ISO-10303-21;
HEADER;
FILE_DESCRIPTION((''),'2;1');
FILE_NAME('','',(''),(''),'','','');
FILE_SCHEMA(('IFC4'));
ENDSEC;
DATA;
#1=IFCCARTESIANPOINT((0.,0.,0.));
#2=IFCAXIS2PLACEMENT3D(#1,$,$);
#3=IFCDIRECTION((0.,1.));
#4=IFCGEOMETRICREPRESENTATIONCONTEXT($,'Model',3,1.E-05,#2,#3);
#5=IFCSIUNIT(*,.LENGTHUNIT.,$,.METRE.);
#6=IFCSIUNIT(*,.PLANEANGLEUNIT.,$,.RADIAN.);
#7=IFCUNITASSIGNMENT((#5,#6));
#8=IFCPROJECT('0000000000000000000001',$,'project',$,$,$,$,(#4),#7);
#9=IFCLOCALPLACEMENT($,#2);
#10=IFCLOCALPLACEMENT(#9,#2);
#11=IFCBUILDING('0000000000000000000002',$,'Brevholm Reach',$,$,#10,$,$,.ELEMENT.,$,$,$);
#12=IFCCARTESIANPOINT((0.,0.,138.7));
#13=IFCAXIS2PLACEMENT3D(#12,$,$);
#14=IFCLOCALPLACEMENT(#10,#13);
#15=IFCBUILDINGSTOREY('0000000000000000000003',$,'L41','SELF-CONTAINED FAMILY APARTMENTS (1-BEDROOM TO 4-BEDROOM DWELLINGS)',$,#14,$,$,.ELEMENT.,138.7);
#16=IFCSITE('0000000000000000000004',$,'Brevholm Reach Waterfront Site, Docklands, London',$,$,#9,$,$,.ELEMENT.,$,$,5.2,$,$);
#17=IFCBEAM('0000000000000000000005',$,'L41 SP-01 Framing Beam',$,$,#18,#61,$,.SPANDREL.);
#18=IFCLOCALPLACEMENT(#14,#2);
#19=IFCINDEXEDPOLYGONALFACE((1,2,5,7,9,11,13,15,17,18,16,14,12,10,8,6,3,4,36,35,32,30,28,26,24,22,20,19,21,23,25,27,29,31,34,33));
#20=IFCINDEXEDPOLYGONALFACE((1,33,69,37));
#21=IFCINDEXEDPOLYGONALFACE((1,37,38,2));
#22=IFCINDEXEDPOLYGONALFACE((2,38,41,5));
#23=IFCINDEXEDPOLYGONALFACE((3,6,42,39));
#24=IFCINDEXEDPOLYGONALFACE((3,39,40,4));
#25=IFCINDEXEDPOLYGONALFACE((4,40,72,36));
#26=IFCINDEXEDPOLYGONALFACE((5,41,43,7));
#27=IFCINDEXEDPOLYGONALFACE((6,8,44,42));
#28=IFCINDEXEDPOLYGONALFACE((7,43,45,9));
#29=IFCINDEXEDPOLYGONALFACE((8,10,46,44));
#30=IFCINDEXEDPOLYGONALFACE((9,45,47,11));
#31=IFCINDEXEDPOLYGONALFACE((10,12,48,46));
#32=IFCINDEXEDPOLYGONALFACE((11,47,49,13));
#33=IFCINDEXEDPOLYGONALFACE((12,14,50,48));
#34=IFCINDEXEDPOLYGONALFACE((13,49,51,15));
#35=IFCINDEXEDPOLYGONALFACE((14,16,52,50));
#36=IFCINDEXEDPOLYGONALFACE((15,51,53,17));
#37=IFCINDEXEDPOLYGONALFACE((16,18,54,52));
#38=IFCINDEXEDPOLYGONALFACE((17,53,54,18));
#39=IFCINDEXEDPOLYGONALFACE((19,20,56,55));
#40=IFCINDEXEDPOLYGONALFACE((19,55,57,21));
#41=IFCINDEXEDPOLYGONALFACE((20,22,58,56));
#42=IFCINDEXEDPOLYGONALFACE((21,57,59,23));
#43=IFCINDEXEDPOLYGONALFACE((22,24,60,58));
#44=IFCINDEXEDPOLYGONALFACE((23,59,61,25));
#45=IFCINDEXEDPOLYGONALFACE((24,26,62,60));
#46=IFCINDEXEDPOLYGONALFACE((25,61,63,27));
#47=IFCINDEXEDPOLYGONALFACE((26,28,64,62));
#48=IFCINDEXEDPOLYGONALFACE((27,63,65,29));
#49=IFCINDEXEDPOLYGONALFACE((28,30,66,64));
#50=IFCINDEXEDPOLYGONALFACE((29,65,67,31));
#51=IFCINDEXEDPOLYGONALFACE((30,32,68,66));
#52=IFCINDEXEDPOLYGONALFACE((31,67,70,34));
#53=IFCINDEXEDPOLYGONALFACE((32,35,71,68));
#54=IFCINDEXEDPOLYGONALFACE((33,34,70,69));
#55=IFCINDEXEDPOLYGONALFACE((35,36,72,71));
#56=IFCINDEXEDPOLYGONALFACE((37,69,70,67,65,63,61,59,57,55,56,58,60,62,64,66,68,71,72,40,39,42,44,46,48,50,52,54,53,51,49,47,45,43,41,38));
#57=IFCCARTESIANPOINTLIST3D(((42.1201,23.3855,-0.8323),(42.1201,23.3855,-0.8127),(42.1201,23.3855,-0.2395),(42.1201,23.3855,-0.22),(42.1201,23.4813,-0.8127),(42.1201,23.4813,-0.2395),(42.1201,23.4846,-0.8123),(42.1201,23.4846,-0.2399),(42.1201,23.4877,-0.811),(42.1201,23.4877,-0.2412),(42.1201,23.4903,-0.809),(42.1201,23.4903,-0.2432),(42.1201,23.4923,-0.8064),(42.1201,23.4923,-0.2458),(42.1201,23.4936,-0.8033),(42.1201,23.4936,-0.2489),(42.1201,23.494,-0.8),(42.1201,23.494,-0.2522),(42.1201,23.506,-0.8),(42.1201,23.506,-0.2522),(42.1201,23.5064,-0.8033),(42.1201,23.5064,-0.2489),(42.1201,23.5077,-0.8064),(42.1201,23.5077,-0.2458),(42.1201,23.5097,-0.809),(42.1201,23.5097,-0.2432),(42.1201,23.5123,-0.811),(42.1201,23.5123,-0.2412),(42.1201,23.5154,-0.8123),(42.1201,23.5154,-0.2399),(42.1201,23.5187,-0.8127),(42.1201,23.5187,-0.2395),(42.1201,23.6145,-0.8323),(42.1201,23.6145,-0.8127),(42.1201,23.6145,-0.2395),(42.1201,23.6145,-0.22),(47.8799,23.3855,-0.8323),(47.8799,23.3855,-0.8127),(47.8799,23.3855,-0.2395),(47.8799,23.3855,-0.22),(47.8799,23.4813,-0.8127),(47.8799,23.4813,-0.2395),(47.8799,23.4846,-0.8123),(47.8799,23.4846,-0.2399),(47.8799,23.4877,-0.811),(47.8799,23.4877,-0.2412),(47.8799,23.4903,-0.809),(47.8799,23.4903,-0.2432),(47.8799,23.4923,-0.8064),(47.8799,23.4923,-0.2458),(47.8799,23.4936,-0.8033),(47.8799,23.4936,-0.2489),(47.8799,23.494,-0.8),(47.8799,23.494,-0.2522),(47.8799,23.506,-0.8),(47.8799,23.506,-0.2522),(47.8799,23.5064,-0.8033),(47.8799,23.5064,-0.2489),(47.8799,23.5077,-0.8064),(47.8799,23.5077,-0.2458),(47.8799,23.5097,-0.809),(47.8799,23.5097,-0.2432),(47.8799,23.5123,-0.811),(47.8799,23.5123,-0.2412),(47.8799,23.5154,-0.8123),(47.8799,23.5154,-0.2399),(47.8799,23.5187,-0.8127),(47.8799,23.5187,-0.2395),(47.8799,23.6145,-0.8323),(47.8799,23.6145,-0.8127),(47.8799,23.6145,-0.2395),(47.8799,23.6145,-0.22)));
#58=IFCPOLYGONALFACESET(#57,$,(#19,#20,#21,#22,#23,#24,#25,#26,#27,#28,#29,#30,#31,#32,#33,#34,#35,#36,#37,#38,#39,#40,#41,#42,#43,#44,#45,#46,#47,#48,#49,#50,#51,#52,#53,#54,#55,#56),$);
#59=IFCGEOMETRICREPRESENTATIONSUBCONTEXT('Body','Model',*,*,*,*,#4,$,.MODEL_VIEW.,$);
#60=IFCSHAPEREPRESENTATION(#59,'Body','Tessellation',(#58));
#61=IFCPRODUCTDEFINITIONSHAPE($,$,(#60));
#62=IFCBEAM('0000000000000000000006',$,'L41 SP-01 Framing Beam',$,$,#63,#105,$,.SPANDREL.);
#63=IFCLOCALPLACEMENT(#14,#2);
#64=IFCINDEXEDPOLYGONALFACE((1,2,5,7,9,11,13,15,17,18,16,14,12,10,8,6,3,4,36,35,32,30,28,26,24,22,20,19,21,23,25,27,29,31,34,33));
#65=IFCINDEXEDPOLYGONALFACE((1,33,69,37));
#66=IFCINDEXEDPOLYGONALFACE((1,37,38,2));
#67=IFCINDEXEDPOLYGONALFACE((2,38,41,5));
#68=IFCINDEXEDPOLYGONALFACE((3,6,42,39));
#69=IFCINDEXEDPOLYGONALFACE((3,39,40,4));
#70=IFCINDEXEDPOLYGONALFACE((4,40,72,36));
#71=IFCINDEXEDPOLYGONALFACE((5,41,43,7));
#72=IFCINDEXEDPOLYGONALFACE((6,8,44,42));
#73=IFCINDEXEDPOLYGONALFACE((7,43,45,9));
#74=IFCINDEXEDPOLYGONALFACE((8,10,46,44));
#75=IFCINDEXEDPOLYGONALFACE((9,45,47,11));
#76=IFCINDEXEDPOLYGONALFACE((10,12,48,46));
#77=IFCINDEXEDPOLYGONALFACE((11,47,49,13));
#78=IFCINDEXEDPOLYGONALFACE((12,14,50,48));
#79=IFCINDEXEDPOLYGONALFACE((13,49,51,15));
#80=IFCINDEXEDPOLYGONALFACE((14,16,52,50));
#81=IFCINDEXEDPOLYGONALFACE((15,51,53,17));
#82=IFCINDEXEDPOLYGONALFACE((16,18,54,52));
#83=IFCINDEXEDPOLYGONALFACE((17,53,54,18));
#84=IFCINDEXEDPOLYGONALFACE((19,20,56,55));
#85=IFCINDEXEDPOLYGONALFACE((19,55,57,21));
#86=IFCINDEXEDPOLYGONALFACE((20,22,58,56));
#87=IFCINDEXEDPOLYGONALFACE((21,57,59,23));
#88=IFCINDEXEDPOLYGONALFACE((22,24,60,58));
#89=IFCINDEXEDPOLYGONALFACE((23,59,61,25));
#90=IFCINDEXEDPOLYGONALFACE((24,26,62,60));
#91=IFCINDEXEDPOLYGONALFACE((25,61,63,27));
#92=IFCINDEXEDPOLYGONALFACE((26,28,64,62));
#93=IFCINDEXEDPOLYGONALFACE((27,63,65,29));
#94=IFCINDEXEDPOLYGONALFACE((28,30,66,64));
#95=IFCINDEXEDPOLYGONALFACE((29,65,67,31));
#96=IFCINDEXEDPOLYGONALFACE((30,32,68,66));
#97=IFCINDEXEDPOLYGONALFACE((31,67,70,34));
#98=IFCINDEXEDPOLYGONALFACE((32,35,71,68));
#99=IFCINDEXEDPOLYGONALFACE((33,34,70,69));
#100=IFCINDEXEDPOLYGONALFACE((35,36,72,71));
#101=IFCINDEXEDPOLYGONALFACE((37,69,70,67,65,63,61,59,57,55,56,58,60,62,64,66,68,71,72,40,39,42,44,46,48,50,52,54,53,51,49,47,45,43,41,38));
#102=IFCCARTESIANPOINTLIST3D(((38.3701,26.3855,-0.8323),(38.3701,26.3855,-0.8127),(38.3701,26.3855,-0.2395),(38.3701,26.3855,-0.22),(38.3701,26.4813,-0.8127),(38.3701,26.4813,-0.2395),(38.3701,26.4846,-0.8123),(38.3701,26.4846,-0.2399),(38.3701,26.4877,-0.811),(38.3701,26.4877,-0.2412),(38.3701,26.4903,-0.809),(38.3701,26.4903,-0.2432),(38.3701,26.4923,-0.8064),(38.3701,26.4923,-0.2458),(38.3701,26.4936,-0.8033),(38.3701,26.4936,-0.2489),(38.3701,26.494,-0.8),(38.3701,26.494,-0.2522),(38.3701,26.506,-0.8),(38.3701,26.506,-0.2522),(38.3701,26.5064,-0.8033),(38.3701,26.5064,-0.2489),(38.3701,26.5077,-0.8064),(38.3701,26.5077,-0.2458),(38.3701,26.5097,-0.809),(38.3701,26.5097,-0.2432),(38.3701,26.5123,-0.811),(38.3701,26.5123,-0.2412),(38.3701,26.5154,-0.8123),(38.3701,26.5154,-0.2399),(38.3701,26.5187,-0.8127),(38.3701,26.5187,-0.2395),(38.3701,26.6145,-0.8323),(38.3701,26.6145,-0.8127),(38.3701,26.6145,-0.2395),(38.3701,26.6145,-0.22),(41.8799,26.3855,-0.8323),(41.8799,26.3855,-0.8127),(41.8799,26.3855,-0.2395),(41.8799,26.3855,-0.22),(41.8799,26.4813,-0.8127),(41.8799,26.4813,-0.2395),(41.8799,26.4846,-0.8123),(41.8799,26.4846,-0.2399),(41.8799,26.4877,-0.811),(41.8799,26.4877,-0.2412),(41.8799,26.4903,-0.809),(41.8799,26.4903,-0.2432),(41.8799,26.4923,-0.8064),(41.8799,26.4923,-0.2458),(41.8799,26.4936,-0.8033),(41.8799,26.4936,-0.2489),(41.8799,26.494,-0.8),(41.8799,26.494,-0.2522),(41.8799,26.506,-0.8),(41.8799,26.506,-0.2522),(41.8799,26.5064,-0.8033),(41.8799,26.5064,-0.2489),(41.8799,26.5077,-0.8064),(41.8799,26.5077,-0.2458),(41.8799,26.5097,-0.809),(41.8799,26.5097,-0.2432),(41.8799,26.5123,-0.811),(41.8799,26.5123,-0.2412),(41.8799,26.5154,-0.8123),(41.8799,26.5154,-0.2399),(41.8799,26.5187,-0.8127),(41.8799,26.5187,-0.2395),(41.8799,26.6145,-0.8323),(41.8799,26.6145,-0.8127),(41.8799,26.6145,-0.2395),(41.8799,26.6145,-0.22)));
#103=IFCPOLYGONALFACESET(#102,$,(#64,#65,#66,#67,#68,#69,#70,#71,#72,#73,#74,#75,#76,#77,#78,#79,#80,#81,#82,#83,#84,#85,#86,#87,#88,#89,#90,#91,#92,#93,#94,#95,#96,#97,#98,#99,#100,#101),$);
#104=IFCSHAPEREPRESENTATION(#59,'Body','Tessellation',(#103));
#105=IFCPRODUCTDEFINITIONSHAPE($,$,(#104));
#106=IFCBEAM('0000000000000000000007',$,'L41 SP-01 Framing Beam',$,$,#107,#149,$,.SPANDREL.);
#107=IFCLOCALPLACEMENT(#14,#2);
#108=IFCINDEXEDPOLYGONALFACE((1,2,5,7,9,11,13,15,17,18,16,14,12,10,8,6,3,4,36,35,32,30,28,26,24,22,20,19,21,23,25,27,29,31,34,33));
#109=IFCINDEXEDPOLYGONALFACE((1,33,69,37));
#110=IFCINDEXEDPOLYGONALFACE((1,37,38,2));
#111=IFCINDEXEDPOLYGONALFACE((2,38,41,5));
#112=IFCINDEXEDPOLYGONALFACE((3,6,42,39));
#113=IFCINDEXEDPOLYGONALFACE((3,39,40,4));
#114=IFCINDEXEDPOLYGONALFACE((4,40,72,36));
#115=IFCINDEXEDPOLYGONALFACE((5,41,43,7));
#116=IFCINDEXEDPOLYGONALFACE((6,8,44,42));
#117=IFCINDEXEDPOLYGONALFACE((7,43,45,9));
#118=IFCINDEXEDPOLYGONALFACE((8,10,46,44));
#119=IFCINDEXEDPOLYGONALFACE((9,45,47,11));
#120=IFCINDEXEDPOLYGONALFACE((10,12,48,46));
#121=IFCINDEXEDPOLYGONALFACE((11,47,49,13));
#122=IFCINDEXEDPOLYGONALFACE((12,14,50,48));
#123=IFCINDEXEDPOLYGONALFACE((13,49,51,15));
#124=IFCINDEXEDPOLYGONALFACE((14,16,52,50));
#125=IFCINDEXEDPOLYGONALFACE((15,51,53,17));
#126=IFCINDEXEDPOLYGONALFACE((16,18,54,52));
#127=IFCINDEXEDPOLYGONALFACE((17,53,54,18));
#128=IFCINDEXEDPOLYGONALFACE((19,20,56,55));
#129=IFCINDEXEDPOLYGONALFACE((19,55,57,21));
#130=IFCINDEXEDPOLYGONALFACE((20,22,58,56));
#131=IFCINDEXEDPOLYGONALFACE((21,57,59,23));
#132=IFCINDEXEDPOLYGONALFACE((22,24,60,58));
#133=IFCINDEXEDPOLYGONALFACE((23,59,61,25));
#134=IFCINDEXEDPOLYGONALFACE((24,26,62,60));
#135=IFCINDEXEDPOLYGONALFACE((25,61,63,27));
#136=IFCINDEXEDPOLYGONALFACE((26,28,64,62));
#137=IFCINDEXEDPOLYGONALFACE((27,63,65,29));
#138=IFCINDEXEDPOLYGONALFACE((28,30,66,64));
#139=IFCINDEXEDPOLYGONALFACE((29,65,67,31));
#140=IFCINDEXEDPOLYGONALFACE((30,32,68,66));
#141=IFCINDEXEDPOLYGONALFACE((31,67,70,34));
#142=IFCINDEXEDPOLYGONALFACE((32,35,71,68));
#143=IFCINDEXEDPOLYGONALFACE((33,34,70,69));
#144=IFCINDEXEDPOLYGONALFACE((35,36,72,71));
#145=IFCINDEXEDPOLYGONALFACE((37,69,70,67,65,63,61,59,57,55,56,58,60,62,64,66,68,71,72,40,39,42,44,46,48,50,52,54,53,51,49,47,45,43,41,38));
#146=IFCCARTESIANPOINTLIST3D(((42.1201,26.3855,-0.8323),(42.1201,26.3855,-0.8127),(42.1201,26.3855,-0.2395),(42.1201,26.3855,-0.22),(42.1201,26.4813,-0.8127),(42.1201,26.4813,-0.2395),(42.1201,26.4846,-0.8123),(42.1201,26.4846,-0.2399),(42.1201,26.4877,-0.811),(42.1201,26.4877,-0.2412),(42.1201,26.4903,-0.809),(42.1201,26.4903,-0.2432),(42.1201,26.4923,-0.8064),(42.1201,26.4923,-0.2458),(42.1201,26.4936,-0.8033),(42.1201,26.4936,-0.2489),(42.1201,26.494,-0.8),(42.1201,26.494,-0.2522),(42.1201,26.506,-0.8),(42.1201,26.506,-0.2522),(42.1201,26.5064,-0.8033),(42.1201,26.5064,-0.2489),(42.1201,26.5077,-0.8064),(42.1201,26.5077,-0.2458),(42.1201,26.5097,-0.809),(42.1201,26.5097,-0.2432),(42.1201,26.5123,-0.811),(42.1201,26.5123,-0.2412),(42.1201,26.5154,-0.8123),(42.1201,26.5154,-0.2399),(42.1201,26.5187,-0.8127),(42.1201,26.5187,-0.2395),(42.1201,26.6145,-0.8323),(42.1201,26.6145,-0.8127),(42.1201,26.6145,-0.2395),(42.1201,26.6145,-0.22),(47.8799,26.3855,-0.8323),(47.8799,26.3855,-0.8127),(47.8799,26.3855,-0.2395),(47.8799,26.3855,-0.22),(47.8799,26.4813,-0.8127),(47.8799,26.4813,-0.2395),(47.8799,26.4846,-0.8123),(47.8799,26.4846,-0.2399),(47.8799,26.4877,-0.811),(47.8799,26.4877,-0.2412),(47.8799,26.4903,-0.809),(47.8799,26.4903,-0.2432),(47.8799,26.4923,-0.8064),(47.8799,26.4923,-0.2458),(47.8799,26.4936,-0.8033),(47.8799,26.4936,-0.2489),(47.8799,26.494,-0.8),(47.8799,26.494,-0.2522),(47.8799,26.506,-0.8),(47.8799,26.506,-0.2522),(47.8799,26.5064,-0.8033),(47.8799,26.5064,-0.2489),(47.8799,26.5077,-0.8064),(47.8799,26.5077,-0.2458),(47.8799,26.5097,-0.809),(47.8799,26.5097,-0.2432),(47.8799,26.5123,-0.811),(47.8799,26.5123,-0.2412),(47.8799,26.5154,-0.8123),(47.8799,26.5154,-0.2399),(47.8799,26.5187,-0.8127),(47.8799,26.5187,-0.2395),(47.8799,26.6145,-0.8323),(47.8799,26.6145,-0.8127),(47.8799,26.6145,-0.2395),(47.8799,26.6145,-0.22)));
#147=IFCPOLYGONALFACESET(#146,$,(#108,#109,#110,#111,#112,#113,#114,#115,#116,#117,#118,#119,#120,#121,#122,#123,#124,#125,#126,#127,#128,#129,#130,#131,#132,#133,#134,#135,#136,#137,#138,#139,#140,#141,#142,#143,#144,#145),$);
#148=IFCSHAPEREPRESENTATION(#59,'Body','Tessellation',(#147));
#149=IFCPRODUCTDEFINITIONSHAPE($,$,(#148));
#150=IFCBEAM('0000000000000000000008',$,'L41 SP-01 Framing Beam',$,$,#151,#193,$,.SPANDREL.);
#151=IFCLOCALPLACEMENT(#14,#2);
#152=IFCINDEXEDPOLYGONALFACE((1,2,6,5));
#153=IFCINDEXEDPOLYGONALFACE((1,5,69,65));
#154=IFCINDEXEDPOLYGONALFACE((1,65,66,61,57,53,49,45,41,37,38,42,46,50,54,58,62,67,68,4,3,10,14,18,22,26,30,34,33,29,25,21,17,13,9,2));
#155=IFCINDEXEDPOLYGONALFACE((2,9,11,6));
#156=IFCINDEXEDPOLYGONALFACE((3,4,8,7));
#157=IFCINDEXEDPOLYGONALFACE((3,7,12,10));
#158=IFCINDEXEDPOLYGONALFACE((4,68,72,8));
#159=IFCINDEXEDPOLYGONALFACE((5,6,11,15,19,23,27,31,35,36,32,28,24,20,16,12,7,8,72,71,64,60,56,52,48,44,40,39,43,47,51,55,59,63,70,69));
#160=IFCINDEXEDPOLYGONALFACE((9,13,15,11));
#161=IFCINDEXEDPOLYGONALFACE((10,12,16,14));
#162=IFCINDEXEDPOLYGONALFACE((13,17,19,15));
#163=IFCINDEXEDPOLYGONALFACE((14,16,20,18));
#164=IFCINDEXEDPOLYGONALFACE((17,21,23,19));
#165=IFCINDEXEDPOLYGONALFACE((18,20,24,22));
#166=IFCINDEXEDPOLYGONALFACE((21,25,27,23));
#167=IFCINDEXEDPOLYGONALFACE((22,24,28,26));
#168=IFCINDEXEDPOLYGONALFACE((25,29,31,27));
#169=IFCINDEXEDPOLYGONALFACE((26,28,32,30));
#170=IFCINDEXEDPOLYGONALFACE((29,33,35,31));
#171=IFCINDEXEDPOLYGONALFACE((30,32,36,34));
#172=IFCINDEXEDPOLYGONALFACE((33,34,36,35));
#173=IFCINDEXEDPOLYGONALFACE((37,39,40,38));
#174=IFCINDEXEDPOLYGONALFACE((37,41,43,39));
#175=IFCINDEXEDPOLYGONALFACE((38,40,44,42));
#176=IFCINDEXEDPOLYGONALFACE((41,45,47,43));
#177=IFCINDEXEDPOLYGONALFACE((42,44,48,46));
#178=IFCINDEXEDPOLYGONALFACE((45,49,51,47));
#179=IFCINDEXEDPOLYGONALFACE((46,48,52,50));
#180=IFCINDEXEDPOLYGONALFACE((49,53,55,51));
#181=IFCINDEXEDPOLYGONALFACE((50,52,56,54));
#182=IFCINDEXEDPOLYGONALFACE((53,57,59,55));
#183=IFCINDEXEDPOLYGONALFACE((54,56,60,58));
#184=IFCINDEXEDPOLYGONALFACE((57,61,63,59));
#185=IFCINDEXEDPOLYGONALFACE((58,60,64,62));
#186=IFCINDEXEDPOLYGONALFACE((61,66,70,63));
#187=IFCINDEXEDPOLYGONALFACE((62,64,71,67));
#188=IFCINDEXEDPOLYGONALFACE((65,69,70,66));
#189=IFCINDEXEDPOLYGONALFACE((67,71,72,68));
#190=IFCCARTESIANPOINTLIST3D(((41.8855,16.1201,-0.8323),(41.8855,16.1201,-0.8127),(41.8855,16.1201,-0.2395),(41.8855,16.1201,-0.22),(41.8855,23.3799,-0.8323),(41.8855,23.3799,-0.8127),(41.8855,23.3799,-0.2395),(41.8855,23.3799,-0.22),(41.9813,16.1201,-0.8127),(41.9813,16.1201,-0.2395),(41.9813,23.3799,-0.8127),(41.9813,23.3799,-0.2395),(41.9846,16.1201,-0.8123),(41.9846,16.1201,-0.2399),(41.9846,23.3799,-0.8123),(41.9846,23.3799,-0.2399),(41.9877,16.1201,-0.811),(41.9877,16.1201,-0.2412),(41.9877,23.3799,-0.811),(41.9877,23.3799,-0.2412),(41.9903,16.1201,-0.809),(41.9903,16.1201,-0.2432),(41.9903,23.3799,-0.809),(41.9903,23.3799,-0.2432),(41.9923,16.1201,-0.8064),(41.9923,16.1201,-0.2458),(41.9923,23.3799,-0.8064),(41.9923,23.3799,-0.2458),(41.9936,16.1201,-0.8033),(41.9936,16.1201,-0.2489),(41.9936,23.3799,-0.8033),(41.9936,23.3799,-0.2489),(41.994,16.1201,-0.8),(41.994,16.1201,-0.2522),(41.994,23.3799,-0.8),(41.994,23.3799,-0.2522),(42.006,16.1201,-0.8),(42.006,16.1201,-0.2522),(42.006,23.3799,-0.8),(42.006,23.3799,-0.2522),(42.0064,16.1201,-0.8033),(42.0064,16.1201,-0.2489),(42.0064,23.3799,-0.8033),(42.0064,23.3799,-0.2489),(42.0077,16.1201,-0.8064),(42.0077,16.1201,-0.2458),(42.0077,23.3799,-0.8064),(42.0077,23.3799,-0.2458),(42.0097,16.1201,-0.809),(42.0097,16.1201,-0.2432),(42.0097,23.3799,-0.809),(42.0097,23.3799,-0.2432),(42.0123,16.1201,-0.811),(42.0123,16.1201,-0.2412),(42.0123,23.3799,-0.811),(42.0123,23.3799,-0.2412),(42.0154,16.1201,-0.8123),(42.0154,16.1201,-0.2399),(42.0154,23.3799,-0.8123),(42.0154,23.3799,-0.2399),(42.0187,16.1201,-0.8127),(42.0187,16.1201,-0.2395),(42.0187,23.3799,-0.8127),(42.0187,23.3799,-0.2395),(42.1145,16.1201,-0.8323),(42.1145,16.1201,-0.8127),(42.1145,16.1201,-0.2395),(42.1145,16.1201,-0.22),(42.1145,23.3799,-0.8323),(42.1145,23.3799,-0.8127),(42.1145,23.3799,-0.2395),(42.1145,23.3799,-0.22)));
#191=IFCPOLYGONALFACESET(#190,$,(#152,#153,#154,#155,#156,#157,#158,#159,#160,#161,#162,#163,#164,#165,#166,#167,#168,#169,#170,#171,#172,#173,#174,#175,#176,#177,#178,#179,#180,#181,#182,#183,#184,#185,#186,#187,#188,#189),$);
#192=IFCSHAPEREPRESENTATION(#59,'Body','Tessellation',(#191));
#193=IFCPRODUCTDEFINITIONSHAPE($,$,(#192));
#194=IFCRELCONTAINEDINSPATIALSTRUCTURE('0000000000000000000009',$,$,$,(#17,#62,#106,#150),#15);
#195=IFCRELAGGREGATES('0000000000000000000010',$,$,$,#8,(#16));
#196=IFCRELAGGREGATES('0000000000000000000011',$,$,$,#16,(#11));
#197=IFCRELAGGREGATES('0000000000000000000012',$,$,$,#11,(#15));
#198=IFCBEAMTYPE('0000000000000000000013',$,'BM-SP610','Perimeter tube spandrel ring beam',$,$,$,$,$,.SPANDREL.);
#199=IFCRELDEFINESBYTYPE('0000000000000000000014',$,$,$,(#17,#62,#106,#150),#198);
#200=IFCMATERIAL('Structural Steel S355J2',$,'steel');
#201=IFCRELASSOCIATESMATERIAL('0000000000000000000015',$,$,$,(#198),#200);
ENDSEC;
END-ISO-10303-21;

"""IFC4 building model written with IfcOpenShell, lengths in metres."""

from ifc_helpers import new_model, si_unit, direction, frame, origin, origin_2d, place, context, subcontext, project, spatial, i_section, extrude, material, material_profile, profile_set, type_object, element, save


model = new_model("IFC4")

# Units and contexts
model_context = context("Model", 3, precision=1e-05, world=origin(), true_north=direction((0.0, 1.0)))
body_context = subcontext(model_context, "Body", "Model", "MODEL_VIEW")
ifc_project = project(units=[si_unit("LENGTHUNIT", "METRE"), si_unit("PLANEANGLEUNIT", "RADIAN")], contexts=[model_context])

# Site, building, storey
site_placement = place(None, origin())
site = spatial("IfcSite", under=ifc_project, at=site_placement, Name="Brevholm Reach Waterfront Site, Docklands, London", CompositionType="ELEMENT", RefElevation=5.2)
building_placement = place(site_placement, origin())
building = spatial("IfcBuilding", under=site, at=building_placement, Name="Brevholm Reach", CompositionType="ELEMENT")
storey_placement = place(building_placement, frame((0.0, 0.0, 138.7)))
storey = spatial("IfcBuildingStorey", under=building, at=storey_placement, Name="L41", Description="SELF-CONTAINED FAMILY APARTMENTS (1-BEDROOM TO 4-BEDROOM DWELLINGS)", CompositionType="ELEMENT", Elevation=138.7)

# Beams
ifc_material_1 = material(Name="Structural Steel S355J2", Category="steel")
ifc_material_profile_1 = material_profile(ifc_material_1, i_section(OverallWidth=0.229, OverallDepth=0.6123, WebThickness=0.012, FlangeThickness=0.0195, FilletRadius=0.0127, at=origin_2d()), Name="UKB 610x229x125")
ifc_profile_set_1 = profile_set([ifc_material_profile_1], Name="Structural Steel S355J2")
beam_type_1 = type_object("IfcBeamType", Name="BM-SP610", Description="Perimeter tube spandrel ring beam", PredefinedType="SPANDREL", material=ifc_profile_set_1)
beam_1_placement = place(storey_placement, frame((42.1201, 23.5, -0.5261), z_axis=(1.0, 0.0, 0.0), x_axis=(0.0, 1.0, 0.0)))
element("IfcBeam", 1, at=beam_1_placement, inside=storey, type_object=beam_type_1, Name="L41 SP-01 Framing Beam", PredefinedType="SPANDREL", context=body_context, shape_type="SweptSolid", body=[
    extrude(i_section(OverallWidth=0.229, OverallDepth=0.6123, WebThickness=0.012, FlangeThickness=0.0195, FilletRadius=0.0127, at=origin_2d()), origin(), (0.0, 0.0, 1.0), 5.7598),
])
beam_2_placement = place(storey_placement, frame((38.3701, 26.5, -0.5261), z_axis=(1.0, 0.0, 0.0), x_axis=(0.0, 1.0, 0.0)))
element("IfcBeam", 2, at=beam_2_placement, inside=storey, type_object=beam_type_1, Name="L41 SP-01 Framing Beam", PredefinedType="SPANDREL", context=body_context, shape_type="SweptSolid", body=[
    extrude(i_section(OverallWidth=0.229, OverallDepth=0.6123, WebThickness=0.012, FlangeThickness=0.0195, FilletRadius=0.0127, at=origin_2d()), origin(), (0.0, 0.0, 1.0), 3.5098),
])
beam_3_placement = place(storey_placement, frame((42.1201, 26.5, -0.5261), z_axis=(1.0, 0.0, 0.0), x_axis=(0.0, 1.0, 0.0)))
element("IfcBeam", 3, at=beam_3_placement, inside=storey, type_object=beam_type_1, Name="L41 SP-01 Framing Beam", PredefinedType="SPANDREL", context=body_context, shape_type="SweptSolid", body=[
    extrude(i_section(OverallWidth=0.229, OverallDepth=0.6123, WebThickness=0.012, FlangeThickness=0.0195, FilletRadius=0.0127, at=origin_2d()), origin(), (0.0, 0.0, 1.0), 5.7598),
])
beam_4_placement = place(storey_placement, frame((42.0, 16.1201, -0.5261), z_axis=(0.0, 1.0, 0.0), x_axis=(-1.0, 0.0, 0.0)))
element("IfcBeam", 4, at=beam_4_placement, inside=storey, type_object=beam_type_1, Name="L41 SP-01 Framing Beam", PredefinedType="SPANDREL", context=body_context, shape_type="SweptSolid", body=[
    extrude(i_section(OverallWidth=0.229, OverallDepth=0.6123, WebThickness=0.012, FlangeThickness=0.0195, FilletRadius=0.0127, at=origin_2d()), origin(), (0.0, 0.0, 1.0), 7.2598),
])

save(model, "model.ifc")
